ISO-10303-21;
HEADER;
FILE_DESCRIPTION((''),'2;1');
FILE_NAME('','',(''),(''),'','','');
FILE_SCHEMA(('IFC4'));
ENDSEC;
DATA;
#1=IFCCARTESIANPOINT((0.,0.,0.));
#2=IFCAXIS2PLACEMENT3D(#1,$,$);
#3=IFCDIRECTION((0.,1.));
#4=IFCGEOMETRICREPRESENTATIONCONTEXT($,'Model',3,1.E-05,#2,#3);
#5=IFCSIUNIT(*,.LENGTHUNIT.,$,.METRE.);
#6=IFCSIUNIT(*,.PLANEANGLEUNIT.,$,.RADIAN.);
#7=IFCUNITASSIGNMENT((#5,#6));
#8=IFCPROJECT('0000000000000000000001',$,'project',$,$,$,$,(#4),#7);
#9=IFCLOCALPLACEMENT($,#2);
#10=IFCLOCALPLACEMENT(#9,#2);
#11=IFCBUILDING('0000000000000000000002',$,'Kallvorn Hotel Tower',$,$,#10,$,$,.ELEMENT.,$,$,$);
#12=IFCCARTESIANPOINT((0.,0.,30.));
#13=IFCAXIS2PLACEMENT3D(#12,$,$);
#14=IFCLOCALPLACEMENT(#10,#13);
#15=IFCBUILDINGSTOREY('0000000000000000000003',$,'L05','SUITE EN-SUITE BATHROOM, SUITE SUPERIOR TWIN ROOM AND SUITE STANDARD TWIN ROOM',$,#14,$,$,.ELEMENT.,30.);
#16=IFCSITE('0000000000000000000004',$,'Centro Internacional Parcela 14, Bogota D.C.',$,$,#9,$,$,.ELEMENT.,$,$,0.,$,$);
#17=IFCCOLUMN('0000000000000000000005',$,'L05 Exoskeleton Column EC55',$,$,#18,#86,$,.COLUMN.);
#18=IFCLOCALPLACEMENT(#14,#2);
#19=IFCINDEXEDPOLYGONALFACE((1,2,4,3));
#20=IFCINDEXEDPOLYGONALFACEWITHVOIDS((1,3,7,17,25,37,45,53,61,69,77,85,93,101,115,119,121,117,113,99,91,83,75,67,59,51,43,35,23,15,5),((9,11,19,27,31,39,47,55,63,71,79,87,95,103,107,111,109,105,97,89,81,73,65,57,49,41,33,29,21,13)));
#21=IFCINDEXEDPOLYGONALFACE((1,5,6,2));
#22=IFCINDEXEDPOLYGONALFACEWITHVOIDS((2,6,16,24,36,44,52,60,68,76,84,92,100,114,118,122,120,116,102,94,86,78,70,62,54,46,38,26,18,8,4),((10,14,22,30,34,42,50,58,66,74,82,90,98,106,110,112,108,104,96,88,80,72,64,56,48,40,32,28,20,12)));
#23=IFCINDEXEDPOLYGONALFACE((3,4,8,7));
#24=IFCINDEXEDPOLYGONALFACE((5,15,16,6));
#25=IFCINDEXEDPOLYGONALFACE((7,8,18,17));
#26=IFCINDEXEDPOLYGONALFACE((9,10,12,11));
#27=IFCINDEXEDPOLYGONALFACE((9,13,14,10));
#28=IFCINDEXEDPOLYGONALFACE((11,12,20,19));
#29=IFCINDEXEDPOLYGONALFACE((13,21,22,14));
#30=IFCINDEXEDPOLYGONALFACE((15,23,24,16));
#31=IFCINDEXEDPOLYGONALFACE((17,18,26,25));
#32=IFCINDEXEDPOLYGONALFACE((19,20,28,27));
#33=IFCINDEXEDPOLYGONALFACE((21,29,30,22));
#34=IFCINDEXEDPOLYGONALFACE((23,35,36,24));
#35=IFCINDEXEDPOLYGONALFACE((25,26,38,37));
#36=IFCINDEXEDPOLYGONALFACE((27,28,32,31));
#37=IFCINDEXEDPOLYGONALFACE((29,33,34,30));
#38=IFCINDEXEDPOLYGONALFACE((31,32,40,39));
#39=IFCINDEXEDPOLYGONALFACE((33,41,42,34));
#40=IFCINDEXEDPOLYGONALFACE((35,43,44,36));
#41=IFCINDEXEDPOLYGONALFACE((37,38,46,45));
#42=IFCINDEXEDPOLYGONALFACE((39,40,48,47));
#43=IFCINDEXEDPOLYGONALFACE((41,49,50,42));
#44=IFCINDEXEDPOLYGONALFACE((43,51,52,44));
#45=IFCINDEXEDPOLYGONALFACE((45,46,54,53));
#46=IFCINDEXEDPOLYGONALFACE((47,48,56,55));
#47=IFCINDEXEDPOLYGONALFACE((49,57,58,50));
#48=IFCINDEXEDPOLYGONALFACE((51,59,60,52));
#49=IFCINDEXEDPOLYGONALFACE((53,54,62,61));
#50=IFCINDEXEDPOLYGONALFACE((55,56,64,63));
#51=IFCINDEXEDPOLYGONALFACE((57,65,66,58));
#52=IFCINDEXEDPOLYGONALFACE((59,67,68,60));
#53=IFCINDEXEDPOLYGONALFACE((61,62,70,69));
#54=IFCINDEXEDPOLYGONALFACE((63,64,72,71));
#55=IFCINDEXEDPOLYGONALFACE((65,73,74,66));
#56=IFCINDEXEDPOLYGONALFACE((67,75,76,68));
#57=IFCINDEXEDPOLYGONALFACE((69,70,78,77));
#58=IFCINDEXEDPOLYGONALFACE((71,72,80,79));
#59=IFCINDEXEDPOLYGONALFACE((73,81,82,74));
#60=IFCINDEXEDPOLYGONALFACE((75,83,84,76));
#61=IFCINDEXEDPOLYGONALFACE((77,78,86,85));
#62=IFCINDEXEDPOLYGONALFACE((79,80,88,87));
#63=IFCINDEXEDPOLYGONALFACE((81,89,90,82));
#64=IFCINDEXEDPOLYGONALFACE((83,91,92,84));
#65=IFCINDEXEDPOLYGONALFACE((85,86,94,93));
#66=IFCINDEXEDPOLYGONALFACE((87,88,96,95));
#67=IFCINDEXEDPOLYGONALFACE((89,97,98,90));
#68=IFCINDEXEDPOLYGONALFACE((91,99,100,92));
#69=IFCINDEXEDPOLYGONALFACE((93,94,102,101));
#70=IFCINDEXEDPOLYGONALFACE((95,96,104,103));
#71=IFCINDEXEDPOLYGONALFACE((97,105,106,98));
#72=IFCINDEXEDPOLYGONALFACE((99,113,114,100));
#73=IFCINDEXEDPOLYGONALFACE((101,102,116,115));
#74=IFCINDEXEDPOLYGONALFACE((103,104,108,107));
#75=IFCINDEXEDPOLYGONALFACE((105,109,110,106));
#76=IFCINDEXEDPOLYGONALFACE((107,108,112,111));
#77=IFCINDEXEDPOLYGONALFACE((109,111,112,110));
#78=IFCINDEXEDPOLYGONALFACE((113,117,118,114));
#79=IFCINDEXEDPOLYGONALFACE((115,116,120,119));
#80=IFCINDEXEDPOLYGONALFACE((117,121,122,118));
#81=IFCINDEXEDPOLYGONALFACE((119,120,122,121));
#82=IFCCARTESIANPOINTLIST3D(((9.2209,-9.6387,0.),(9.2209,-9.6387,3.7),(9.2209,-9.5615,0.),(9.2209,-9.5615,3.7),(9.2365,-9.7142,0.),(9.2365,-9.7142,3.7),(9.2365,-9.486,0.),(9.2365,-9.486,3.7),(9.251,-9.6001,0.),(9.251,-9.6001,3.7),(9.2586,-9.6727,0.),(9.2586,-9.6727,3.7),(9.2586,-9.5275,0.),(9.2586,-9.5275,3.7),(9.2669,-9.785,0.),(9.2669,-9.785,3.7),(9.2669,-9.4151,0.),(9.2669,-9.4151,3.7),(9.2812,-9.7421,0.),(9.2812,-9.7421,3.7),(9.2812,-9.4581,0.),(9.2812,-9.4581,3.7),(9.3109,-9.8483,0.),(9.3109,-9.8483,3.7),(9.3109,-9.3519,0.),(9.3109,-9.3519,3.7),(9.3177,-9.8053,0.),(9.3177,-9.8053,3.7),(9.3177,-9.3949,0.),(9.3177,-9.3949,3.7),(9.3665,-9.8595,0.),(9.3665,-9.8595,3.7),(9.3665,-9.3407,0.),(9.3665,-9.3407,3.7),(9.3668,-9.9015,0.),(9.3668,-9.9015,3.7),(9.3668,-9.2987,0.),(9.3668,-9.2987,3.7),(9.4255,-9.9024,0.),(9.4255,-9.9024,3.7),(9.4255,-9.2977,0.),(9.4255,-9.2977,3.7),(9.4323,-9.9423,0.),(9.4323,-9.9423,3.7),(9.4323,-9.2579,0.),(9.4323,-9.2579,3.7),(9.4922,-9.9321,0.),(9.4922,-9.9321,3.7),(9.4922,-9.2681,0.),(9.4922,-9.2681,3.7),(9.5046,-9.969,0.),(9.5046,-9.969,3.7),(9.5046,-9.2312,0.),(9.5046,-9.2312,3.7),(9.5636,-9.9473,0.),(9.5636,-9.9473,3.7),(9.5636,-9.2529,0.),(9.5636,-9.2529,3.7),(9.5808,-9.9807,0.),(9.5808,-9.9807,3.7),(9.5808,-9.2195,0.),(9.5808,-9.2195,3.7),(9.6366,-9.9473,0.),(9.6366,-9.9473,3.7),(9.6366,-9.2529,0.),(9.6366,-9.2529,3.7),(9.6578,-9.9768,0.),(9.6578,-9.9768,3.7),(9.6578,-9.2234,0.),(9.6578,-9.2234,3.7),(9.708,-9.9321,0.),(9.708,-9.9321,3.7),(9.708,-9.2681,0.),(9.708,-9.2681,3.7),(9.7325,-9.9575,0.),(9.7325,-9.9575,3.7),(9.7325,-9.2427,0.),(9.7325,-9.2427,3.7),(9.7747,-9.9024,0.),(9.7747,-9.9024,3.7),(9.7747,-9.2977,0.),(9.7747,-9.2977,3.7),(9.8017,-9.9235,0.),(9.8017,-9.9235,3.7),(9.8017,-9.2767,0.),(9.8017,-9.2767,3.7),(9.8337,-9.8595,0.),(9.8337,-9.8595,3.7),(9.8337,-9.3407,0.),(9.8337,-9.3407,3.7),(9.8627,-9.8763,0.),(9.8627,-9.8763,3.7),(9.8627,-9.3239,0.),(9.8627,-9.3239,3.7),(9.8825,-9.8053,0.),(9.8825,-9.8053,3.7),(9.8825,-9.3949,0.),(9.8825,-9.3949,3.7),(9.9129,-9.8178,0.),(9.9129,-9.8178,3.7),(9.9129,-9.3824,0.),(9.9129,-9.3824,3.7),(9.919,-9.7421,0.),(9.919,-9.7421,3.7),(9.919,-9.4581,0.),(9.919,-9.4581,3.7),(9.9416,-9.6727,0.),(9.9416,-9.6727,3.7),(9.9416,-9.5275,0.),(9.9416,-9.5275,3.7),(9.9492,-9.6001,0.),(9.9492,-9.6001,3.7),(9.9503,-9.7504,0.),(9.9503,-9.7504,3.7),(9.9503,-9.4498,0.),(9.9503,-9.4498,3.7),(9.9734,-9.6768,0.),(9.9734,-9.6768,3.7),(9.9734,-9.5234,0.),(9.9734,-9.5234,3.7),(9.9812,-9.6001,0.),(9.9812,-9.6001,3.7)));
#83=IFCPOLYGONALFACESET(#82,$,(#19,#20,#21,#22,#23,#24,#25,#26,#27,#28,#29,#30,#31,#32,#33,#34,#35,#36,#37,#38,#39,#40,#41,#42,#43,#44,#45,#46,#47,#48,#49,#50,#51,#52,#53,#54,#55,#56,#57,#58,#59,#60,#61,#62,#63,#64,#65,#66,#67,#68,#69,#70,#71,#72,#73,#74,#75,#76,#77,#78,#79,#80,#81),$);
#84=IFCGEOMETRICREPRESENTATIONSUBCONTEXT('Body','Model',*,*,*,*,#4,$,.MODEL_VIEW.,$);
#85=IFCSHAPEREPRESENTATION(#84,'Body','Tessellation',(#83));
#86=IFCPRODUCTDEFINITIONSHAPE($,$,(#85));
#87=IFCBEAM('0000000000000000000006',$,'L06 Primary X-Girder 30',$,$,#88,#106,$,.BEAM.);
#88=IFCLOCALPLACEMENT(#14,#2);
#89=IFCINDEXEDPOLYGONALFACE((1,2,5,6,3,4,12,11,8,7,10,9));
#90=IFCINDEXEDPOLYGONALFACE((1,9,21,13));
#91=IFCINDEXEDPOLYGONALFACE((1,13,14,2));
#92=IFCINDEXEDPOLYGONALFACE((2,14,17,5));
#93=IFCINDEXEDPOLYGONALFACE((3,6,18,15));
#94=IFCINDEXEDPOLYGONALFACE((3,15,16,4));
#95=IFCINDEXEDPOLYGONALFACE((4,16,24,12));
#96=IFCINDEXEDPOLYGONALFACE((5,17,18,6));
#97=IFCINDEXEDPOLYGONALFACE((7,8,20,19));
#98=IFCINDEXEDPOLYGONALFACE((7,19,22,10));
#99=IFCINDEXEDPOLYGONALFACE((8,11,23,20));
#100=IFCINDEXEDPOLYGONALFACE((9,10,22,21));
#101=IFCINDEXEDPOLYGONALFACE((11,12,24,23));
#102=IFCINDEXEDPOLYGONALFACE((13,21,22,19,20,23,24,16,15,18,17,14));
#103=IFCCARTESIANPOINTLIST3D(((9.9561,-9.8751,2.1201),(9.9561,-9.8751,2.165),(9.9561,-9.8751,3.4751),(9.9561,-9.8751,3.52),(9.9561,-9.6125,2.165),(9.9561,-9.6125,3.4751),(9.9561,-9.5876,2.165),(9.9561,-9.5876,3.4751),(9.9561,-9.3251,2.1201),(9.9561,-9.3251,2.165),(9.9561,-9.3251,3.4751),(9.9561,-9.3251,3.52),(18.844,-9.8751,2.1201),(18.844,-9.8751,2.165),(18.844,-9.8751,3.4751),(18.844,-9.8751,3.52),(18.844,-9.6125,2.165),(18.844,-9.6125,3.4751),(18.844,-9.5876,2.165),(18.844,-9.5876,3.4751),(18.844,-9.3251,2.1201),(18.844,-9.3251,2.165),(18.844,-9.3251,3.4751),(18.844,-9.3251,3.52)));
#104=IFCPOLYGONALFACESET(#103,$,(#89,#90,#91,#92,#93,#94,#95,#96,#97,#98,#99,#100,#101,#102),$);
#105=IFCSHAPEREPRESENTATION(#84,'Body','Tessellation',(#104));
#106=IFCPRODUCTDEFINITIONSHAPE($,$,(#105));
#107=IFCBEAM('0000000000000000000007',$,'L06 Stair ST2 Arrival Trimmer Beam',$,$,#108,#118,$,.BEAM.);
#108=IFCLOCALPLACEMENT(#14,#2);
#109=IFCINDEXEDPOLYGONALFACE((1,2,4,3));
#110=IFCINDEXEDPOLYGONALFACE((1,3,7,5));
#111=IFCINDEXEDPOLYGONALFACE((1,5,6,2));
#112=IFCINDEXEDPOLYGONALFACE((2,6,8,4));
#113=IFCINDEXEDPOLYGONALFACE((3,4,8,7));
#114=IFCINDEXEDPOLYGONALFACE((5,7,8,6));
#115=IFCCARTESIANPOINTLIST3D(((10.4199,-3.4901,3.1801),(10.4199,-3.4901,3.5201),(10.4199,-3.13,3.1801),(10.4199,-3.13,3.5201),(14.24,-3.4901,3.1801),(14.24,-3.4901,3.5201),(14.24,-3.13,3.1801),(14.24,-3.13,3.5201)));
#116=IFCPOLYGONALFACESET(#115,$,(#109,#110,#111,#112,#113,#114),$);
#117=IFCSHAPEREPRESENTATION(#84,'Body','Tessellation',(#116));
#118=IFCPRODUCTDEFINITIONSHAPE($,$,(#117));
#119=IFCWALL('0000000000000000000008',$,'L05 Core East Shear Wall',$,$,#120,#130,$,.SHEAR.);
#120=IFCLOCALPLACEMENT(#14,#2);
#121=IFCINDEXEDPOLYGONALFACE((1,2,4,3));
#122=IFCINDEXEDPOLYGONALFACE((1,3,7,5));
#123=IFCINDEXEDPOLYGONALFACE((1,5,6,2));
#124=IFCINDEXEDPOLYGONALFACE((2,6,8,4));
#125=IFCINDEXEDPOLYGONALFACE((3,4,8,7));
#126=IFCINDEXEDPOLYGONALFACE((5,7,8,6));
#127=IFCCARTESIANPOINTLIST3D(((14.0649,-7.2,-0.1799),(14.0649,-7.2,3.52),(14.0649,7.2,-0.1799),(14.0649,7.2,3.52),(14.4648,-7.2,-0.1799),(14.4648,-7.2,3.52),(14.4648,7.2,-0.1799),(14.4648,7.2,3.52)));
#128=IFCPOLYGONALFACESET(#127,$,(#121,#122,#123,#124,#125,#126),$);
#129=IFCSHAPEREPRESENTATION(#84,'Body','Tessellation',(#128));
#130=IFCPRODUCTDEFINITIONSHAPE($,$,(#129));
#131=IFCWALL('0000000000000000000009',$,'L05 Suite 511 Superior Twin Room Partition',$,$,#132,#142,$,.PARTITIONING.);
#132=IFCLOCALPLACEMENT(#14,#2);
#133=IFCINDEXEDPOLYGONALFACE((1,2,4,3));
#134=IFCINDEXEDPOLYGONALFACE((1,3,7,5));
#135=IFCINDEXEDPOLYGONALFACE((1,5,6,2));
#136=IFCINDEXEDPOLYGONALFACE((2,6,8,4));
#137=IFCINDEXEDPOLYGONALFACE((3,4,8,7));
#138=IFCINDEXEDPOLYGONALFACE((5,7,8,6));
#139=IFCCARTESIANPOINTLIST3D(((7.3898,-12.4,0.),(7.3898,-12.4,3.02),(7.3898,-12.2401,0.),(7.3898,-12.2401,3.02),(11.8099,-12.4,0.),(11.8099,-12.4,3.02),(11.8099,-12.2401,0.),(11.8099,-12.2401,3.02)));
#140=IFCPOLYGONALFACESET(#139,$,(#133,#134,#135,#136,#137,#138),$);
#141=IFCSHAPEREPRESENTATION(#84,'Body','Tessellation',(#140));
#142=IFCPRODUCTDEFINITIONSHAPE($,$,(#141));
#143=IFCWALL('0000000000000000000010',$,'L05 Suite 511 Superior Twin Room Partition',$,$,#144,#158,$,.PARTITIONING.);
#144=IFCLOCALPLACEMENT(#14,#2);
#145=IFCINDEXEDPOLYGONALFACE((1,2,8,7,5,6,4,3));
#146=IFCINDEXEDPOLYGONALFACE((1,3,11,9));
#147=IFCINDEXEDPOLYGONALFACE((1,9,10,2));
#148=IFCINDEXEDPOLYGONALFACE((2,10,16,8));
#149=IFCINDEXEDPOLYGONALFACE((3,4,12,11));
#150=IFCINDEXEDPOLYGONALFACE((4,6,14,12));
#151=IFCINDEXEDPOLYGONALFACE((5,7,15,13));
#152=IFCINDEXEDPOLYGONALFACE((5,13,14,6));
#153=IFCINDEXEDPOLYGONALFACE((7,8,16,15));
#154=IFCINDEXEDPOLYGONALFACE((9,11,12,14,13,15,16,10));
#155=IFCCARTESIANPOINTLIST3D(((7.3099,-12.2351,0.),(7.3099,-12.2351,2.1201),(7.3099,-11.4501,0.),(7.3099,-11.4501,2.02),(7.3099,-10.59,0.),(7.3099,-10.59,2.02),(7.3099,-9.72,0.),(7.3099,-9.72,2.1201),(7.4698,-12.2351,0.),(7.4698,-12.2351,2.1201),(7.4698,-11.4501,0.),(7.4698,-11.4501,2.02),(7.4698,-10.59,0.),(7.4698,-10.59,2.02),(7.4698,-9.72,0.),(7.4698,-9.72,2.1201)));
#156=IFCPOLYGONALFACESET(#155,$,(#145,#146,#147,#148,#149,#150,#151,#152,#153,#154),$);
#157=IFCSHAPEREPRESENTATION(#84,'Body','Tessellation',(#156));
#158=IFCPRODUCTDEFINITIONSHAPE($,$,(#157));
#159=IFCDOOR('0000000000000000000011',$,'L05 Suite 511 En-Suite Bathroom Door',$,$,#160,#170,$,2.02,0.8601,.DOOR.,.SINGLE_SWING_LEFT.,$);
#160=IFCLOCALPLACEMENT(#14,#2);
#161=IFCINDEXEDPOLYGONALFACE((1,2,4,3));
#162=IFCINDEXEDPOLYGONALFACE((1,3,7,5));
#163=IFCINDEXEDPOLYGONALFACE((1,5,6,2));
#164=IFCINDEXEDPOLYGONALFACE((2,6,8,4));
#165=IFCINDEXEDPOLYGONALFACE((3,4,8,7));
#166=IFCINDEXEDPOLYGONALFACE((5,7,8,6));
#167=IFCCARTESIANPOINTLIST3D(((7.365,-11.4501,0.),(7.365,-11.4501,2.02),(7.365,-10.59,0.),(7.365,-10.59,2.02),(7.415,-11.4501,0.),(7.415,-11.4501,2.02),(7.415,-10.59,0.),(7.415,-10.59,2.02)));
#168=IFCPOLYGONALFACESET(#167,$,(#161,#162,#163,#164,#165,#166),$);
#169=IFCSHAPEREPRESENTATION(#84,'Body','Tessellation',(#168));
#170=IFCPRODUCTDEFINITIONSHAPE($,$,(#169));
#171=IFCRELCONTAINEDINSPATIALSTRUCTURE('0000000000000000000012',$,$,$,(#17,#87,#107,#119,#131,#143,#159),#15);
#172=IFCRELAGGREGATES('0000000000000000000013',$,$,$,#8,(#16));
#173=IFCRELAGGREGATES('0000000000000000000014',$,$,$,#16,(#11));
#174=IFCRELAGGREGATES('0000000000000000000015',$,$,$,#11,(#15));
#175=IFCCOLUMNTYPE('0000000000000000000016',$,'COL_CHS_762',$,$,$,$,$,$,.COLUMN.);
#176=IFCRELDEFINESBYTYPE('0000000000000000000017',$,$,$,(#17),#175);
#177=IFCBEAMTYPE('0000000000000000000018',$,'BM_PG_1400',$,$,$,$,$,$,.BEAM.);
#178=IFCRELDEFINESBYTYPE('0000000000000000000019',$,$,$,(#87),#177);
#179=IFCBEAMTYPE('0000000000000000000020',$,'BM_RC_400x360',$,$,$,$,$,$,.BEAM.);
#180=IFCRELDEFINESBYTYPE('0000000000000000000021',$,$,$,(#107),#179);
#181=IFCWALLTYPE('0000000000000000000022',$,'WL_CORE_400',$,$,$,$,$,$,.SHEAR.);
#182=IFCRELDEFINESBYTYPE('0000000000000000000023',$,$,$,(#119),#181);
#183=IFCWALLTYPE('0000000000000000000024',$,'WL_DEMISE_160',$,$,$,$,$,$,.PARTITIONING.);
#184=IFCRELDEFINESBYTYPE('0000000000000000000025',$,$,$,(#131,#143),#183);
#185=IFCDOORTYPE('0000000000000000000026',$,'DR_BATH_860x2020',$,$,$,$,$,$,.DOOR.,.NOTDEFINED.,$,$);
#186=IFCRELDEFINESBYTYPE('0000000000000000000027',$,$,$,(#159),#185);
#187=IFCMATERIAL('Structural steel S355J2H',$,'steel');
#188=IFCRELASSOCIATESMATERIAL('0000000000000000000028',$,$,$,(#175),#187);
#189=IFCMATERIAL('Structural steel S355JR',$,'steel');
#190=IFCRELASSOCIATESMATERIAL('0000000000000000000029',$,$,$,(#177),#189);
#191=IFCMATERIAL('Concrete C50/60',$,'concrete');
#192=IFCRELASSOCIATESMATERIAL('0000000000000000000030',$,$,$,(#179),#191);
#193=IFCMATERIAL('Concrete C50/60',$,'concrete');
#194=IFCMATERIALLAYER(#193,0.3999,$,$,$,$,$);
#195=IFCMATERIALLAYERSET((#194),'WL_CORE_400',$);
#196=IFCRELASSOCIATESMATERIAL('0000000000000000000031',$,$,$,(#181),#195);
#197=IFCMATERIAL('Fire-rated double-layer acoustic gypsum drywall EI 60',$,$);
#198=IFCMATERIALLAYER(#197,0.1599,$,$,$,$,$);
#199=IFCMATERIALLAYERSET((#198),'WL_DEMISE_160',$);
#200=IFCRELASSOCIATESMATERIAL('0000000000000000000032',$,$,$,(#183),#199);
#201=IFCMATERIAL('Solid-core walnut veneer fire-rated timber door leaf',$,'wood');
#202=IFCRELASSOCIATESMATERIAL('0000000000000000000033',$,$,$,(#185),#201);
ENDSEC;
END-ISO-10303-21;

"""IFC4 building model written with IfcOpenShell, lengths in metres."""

from ifc_helpers import new_model, si_unit, direction, frame, frame_2d, origin, origin_2d, place, context, subcontext, project, spatial, rectangle, hollow_circle, i_section, extrude, material, layer, layer_set, material_profile, profile_set, type_object, element, fill, save


model = new_model("IFC4")

# Units and contexts
model_context = context("Model", 3, precision=1e-05, world=origin(), true_north=direction((0.0, 1.0)))
body_context = subcontext(model_context, "Body", "Model", "MODEL_VIEW")
ifc_project = project(units=[si_unit("LENGTHUNIT", "METRE"), si_unit("PLANEANGLEUNIT", "RADIAN")], contexts=[model_context])

# Site, building, storey
site_placement = place(None, origin())
site = spatial("IfcSite", under=ifc_project, at=site_placement, Name="Centro Internacional Parcela 14, Bogota D.C.", CompositionType="ELEMENT", RefElevation=0.0)
building_placement = place(site_placement, origin())
building = spatial("IfcBuilding", under=site, at=building_placement, Name="Kallvorn Hotel Tower", CompositionType="ELEMENT")
storey_placement = place(building_placement, frame((0.0, 0.0, 30.0)))
storey = spatial("IfcBuildingStorey", under=building, at=storey_placement, Name="L05", Description="SUITE EN-SUITE BATHROOM, SUITE SUPERIOR TWIN ROOM AND SUITE STANDARD TWIN ROOM", CompositionType="ELEMENT", Elevation=30.0)

# Column
ifc_material_1 = material(Name="Structural steel S355J2H", Category="steel")
ifc_material_profile_1 = material_profile(ifc_material_1, hollow_circle(Radius=0.3811, WallThickness=0.032, at=origin_2d()), Name="CHS 762x32")
ifc_profile_set_1 = profile_set([ifc_material_profile_1], Name="Structural steel S355J2H")
column_type = type_object("IfcColumnType", Name="COL_CHS_762", PredefinedType="COLUMN", material=ifc_profile_set_1)
column_placement = place(storey_placement, frame((9.6001, -9.6001, 0.0), z_axis=(0.0, 0.0, 1.0), x_axis=(1.0, 0.0, 0.0)))
element("IfcColumn", 1, at=column_placement, inside=storey, type_object=column_type, Name="L05 Exoskeleton Column EC55", PredefinedType="COLUMN", context=body_context, shape_type="SweptSolid", body=[
    extrude(hollow_circle(Radius=0.3811, WallThickness=0.032, at=origin_2d()), origin(), (0.0, 0.0, 1.0), 3.7),
])

# Beams
ifc_material_2 = material(Name="Structural steel S355JR", Category="steel")
ifc_material_profile_2 = material_profile(ifc_material_2, i_section(OverallWidth=0.55, OverallDepth=1.3999, WebThickness=0.0249, FlangeThickness=0.0449, at=origin_2d()), Name="PG 1400x550x25x45")
ifc_profile_set_2 = profile_set([ifc_material_profile_2], Name="Structural steel S355JR")
beam_type_1 = type_object("IfcBeamType", Name="BM_PG_1400", PredefinedType="BEAM", material=ifc_profile_set_2)
beam_1_placement = place(storey_placement, frame((9.9561, -9.6001, 2.8201), z_axis=(1.0, 0.0, 0.0), x_axis=(0.0, 1.0, 0.0)))
element("IfcBeam", 2, at=beam_1_placement, inside=storey, type_object=beam_type_1, Name="L06 Primary X-Girder 30", PredefinedType="BEAM", context=body_context, shape_type="SweptSolid", body=[
    extrude(i_section(OverallWidth=0.55, OverallDepth=1.3999, WebThickness=0.0249, FlangeThickness=0.0449, at=origin_2d()), origin(), (0.0, 0.0, 1.0), 8.8879),
])
ifc_material_3 = material(Name="Concrete C50/60", Category="concrete")
ifc_material_profile_3 = material_profile(ifc_material_3, rectangle(XDim=0.3601, YDim=0.3401, at=origin_2d()), Name="RC 360x340")
ifc_profile_set_3 = profile_set([ifc_material_profile_3], Name="Concrete C50/60")
beam_type_2 = type_object("IfcBeamType", Name="BM_RC_400x360", PredefinedType="BEAM", material=ifc_profile_set_3)
beam_2_placement = place(storey_placement, frame((14.24, -3.3101, 3.3501), z_axis=(-1.0, 0.0, 0.0), x_axis=(0.0, -1.0, 0.0)))
element("IfcBeam", 3, at=beam_2_placement, inside=storey, type_object=beam_type_2, Name="L06 Stair ST2 Arrival Trimmer Beam", PredefinedType="BEAM", context=body_context, shape_type="SweptSolid", body=[
    extrude(rectangle(XDim=0.3601, YDim=0.3401, at=origin_2d()), origin(), (0.0, 0.0, 1.0), 3.8201),
])

# Walls
ifc_material_4 = material(Name="Concrete C50/60", Category="concrete")
ifc_layer_1 = layer(ifc_material_4, 0.3999)
ifc_layer_set_1 = layer_set([ifc_layer_1], Name="WL_CORE_400")
wall_type_1 = type_object("IfcWallType", Name="WL_CORE_400", PredefinedType="SHEAR", material=ifc_layer_set_1)
wall_1_placement = place(storey_placement, frame((14.2649, -7.2, -0.1799), z_axis=(0.0, 0.0, 1.0), x_axis=(0.0, 1.0, 0.0)))
element("IfcWall", 4, at=wall_1_placement, inside=storey, type_object=wall_type_1, Name="L05 Core East Shear Wall", PredefinedType="SHEAR", context=body_context, shape_type="SweptSolid", body=[
    extrude(rectangle(XDim=14.3999, YDim=0.3999, at=frame_2d((7.2, 0.0))), origin(), (0.0, 0.0, 1.0), 3.7),
])
ifc_material_5 = material(Name="Fire-rated double-layer acoustic gypsum drywall EI 60")
ifc_layer_2 = layer(ifc_material_5, 0.1599)
ifc_layer_set_2 = layer_set([ifc_layer_2], Name="WL_DEMISE_160")
wall_type_2 = type_object("IfcWallType", Name="WL_DEMISE_160", PredefinedType="PARTITIONING", material=ifc_layer_set_2)
wall_2_placement = place(storey_placement, frame((7.3899, -12.3201, 0.0), z_axis=(0.0, 0.0, 1.0), x_axis=(1.0, 0.0, 0.0)))
element("IfcWall", 5, at=wall_2_placement, inside=storey, type_object=wall_type_2, Name="L05 Suite 511 Superior Twin Room Partition", PredefinedType="PARTITIONING", context=body_context, shape_type="SweptSolid", body=[
    extrude(rectangle(XDim=4.4202, YDim=0.1599, at=frame_2d((2.21, 0.0))), origin(), (0.0, 0.0, 1.0), 3.02),
])

# Wall, opening, door
wall_3_placement = place(storey_placement, frame((7.3899, -12.2351, 0.0), z_axis=(0.0, 0.0, 1.0), x_axis=(0.0, 1.0, 0.0)))
wall_3 = element("IfcWall", 6, at=wall_3_placement, inside=storey, type_object=wall_type_2, Name="L05 Suite 511 Superior Twin Room Partition", PredefinedType="PARTITIONING", context=body_context, shape_type="SweptSolid", body=[
    extrude(rectangle(XDim=2.5151, YDim=0.1599, at=frame_2d((1.2576, 0.0))), origin(), (0.0, 0.0, 1.0), 2.1201),
])
opening_1_placement = place(wall_3_placement, frame((0.7849, 0.0, 0.0)))
opening_1 = element("IfcOpeningElement", 7, at=opening_1_placement, cuts=wall_3, PredefinedType="OPENING", context=body_context, shape_type="SweptSolid", body=[
    extrude(rectangle(XDim=0.8601, YDim=2.02, at=frame_2d((0.4302, 1.01))), frame((0.0, 0.095, 0.0), z_axis=(0.0, -1.0, 0.0), x_axis=(1.0, 0.0, 0.0)), (0.0, 0.0, 1.0), 0.1899),
])
ifc_material_6 = material(Name="Solid-core walnut veneer fire-rated timber door leaf", Category="wood")
door_type_1 = type_object("IfcDoorType", Name="DR_BATH_860x2020", OperationType="NOTDEFINED", PredefinedType="DOOR", material=ifc_material_6)
door_1_placement = place(opening_1_placement, origin())
door_1 = element("IfcDoor", 8, at=door_1_placement, inside=storey, type_object=door_type_1, Name="L05 Suite 511 En-Suite Bathroom Door", OperationType="SINGLE_SWING_LEFT", OverallHeight=2.02, OverallWidth=0.8601, PredefinedType="DOOR", context=body_context, shape_type="SweptSolid", body=[
    extrude(rectangle(XDim=0.8601, YDim=2.02, at=frame_2d((0.4302, 1.01))), frame((0.0, 0.0249, 0.0), z_axis=(0.0, -1.0, 0.0), x_axis=(1.0, 0.0, 0.0)), (0.0, 0.0, 1.0), 0.05),
])
fill(opening_1, door_1)

save(model, "model.ifc")
